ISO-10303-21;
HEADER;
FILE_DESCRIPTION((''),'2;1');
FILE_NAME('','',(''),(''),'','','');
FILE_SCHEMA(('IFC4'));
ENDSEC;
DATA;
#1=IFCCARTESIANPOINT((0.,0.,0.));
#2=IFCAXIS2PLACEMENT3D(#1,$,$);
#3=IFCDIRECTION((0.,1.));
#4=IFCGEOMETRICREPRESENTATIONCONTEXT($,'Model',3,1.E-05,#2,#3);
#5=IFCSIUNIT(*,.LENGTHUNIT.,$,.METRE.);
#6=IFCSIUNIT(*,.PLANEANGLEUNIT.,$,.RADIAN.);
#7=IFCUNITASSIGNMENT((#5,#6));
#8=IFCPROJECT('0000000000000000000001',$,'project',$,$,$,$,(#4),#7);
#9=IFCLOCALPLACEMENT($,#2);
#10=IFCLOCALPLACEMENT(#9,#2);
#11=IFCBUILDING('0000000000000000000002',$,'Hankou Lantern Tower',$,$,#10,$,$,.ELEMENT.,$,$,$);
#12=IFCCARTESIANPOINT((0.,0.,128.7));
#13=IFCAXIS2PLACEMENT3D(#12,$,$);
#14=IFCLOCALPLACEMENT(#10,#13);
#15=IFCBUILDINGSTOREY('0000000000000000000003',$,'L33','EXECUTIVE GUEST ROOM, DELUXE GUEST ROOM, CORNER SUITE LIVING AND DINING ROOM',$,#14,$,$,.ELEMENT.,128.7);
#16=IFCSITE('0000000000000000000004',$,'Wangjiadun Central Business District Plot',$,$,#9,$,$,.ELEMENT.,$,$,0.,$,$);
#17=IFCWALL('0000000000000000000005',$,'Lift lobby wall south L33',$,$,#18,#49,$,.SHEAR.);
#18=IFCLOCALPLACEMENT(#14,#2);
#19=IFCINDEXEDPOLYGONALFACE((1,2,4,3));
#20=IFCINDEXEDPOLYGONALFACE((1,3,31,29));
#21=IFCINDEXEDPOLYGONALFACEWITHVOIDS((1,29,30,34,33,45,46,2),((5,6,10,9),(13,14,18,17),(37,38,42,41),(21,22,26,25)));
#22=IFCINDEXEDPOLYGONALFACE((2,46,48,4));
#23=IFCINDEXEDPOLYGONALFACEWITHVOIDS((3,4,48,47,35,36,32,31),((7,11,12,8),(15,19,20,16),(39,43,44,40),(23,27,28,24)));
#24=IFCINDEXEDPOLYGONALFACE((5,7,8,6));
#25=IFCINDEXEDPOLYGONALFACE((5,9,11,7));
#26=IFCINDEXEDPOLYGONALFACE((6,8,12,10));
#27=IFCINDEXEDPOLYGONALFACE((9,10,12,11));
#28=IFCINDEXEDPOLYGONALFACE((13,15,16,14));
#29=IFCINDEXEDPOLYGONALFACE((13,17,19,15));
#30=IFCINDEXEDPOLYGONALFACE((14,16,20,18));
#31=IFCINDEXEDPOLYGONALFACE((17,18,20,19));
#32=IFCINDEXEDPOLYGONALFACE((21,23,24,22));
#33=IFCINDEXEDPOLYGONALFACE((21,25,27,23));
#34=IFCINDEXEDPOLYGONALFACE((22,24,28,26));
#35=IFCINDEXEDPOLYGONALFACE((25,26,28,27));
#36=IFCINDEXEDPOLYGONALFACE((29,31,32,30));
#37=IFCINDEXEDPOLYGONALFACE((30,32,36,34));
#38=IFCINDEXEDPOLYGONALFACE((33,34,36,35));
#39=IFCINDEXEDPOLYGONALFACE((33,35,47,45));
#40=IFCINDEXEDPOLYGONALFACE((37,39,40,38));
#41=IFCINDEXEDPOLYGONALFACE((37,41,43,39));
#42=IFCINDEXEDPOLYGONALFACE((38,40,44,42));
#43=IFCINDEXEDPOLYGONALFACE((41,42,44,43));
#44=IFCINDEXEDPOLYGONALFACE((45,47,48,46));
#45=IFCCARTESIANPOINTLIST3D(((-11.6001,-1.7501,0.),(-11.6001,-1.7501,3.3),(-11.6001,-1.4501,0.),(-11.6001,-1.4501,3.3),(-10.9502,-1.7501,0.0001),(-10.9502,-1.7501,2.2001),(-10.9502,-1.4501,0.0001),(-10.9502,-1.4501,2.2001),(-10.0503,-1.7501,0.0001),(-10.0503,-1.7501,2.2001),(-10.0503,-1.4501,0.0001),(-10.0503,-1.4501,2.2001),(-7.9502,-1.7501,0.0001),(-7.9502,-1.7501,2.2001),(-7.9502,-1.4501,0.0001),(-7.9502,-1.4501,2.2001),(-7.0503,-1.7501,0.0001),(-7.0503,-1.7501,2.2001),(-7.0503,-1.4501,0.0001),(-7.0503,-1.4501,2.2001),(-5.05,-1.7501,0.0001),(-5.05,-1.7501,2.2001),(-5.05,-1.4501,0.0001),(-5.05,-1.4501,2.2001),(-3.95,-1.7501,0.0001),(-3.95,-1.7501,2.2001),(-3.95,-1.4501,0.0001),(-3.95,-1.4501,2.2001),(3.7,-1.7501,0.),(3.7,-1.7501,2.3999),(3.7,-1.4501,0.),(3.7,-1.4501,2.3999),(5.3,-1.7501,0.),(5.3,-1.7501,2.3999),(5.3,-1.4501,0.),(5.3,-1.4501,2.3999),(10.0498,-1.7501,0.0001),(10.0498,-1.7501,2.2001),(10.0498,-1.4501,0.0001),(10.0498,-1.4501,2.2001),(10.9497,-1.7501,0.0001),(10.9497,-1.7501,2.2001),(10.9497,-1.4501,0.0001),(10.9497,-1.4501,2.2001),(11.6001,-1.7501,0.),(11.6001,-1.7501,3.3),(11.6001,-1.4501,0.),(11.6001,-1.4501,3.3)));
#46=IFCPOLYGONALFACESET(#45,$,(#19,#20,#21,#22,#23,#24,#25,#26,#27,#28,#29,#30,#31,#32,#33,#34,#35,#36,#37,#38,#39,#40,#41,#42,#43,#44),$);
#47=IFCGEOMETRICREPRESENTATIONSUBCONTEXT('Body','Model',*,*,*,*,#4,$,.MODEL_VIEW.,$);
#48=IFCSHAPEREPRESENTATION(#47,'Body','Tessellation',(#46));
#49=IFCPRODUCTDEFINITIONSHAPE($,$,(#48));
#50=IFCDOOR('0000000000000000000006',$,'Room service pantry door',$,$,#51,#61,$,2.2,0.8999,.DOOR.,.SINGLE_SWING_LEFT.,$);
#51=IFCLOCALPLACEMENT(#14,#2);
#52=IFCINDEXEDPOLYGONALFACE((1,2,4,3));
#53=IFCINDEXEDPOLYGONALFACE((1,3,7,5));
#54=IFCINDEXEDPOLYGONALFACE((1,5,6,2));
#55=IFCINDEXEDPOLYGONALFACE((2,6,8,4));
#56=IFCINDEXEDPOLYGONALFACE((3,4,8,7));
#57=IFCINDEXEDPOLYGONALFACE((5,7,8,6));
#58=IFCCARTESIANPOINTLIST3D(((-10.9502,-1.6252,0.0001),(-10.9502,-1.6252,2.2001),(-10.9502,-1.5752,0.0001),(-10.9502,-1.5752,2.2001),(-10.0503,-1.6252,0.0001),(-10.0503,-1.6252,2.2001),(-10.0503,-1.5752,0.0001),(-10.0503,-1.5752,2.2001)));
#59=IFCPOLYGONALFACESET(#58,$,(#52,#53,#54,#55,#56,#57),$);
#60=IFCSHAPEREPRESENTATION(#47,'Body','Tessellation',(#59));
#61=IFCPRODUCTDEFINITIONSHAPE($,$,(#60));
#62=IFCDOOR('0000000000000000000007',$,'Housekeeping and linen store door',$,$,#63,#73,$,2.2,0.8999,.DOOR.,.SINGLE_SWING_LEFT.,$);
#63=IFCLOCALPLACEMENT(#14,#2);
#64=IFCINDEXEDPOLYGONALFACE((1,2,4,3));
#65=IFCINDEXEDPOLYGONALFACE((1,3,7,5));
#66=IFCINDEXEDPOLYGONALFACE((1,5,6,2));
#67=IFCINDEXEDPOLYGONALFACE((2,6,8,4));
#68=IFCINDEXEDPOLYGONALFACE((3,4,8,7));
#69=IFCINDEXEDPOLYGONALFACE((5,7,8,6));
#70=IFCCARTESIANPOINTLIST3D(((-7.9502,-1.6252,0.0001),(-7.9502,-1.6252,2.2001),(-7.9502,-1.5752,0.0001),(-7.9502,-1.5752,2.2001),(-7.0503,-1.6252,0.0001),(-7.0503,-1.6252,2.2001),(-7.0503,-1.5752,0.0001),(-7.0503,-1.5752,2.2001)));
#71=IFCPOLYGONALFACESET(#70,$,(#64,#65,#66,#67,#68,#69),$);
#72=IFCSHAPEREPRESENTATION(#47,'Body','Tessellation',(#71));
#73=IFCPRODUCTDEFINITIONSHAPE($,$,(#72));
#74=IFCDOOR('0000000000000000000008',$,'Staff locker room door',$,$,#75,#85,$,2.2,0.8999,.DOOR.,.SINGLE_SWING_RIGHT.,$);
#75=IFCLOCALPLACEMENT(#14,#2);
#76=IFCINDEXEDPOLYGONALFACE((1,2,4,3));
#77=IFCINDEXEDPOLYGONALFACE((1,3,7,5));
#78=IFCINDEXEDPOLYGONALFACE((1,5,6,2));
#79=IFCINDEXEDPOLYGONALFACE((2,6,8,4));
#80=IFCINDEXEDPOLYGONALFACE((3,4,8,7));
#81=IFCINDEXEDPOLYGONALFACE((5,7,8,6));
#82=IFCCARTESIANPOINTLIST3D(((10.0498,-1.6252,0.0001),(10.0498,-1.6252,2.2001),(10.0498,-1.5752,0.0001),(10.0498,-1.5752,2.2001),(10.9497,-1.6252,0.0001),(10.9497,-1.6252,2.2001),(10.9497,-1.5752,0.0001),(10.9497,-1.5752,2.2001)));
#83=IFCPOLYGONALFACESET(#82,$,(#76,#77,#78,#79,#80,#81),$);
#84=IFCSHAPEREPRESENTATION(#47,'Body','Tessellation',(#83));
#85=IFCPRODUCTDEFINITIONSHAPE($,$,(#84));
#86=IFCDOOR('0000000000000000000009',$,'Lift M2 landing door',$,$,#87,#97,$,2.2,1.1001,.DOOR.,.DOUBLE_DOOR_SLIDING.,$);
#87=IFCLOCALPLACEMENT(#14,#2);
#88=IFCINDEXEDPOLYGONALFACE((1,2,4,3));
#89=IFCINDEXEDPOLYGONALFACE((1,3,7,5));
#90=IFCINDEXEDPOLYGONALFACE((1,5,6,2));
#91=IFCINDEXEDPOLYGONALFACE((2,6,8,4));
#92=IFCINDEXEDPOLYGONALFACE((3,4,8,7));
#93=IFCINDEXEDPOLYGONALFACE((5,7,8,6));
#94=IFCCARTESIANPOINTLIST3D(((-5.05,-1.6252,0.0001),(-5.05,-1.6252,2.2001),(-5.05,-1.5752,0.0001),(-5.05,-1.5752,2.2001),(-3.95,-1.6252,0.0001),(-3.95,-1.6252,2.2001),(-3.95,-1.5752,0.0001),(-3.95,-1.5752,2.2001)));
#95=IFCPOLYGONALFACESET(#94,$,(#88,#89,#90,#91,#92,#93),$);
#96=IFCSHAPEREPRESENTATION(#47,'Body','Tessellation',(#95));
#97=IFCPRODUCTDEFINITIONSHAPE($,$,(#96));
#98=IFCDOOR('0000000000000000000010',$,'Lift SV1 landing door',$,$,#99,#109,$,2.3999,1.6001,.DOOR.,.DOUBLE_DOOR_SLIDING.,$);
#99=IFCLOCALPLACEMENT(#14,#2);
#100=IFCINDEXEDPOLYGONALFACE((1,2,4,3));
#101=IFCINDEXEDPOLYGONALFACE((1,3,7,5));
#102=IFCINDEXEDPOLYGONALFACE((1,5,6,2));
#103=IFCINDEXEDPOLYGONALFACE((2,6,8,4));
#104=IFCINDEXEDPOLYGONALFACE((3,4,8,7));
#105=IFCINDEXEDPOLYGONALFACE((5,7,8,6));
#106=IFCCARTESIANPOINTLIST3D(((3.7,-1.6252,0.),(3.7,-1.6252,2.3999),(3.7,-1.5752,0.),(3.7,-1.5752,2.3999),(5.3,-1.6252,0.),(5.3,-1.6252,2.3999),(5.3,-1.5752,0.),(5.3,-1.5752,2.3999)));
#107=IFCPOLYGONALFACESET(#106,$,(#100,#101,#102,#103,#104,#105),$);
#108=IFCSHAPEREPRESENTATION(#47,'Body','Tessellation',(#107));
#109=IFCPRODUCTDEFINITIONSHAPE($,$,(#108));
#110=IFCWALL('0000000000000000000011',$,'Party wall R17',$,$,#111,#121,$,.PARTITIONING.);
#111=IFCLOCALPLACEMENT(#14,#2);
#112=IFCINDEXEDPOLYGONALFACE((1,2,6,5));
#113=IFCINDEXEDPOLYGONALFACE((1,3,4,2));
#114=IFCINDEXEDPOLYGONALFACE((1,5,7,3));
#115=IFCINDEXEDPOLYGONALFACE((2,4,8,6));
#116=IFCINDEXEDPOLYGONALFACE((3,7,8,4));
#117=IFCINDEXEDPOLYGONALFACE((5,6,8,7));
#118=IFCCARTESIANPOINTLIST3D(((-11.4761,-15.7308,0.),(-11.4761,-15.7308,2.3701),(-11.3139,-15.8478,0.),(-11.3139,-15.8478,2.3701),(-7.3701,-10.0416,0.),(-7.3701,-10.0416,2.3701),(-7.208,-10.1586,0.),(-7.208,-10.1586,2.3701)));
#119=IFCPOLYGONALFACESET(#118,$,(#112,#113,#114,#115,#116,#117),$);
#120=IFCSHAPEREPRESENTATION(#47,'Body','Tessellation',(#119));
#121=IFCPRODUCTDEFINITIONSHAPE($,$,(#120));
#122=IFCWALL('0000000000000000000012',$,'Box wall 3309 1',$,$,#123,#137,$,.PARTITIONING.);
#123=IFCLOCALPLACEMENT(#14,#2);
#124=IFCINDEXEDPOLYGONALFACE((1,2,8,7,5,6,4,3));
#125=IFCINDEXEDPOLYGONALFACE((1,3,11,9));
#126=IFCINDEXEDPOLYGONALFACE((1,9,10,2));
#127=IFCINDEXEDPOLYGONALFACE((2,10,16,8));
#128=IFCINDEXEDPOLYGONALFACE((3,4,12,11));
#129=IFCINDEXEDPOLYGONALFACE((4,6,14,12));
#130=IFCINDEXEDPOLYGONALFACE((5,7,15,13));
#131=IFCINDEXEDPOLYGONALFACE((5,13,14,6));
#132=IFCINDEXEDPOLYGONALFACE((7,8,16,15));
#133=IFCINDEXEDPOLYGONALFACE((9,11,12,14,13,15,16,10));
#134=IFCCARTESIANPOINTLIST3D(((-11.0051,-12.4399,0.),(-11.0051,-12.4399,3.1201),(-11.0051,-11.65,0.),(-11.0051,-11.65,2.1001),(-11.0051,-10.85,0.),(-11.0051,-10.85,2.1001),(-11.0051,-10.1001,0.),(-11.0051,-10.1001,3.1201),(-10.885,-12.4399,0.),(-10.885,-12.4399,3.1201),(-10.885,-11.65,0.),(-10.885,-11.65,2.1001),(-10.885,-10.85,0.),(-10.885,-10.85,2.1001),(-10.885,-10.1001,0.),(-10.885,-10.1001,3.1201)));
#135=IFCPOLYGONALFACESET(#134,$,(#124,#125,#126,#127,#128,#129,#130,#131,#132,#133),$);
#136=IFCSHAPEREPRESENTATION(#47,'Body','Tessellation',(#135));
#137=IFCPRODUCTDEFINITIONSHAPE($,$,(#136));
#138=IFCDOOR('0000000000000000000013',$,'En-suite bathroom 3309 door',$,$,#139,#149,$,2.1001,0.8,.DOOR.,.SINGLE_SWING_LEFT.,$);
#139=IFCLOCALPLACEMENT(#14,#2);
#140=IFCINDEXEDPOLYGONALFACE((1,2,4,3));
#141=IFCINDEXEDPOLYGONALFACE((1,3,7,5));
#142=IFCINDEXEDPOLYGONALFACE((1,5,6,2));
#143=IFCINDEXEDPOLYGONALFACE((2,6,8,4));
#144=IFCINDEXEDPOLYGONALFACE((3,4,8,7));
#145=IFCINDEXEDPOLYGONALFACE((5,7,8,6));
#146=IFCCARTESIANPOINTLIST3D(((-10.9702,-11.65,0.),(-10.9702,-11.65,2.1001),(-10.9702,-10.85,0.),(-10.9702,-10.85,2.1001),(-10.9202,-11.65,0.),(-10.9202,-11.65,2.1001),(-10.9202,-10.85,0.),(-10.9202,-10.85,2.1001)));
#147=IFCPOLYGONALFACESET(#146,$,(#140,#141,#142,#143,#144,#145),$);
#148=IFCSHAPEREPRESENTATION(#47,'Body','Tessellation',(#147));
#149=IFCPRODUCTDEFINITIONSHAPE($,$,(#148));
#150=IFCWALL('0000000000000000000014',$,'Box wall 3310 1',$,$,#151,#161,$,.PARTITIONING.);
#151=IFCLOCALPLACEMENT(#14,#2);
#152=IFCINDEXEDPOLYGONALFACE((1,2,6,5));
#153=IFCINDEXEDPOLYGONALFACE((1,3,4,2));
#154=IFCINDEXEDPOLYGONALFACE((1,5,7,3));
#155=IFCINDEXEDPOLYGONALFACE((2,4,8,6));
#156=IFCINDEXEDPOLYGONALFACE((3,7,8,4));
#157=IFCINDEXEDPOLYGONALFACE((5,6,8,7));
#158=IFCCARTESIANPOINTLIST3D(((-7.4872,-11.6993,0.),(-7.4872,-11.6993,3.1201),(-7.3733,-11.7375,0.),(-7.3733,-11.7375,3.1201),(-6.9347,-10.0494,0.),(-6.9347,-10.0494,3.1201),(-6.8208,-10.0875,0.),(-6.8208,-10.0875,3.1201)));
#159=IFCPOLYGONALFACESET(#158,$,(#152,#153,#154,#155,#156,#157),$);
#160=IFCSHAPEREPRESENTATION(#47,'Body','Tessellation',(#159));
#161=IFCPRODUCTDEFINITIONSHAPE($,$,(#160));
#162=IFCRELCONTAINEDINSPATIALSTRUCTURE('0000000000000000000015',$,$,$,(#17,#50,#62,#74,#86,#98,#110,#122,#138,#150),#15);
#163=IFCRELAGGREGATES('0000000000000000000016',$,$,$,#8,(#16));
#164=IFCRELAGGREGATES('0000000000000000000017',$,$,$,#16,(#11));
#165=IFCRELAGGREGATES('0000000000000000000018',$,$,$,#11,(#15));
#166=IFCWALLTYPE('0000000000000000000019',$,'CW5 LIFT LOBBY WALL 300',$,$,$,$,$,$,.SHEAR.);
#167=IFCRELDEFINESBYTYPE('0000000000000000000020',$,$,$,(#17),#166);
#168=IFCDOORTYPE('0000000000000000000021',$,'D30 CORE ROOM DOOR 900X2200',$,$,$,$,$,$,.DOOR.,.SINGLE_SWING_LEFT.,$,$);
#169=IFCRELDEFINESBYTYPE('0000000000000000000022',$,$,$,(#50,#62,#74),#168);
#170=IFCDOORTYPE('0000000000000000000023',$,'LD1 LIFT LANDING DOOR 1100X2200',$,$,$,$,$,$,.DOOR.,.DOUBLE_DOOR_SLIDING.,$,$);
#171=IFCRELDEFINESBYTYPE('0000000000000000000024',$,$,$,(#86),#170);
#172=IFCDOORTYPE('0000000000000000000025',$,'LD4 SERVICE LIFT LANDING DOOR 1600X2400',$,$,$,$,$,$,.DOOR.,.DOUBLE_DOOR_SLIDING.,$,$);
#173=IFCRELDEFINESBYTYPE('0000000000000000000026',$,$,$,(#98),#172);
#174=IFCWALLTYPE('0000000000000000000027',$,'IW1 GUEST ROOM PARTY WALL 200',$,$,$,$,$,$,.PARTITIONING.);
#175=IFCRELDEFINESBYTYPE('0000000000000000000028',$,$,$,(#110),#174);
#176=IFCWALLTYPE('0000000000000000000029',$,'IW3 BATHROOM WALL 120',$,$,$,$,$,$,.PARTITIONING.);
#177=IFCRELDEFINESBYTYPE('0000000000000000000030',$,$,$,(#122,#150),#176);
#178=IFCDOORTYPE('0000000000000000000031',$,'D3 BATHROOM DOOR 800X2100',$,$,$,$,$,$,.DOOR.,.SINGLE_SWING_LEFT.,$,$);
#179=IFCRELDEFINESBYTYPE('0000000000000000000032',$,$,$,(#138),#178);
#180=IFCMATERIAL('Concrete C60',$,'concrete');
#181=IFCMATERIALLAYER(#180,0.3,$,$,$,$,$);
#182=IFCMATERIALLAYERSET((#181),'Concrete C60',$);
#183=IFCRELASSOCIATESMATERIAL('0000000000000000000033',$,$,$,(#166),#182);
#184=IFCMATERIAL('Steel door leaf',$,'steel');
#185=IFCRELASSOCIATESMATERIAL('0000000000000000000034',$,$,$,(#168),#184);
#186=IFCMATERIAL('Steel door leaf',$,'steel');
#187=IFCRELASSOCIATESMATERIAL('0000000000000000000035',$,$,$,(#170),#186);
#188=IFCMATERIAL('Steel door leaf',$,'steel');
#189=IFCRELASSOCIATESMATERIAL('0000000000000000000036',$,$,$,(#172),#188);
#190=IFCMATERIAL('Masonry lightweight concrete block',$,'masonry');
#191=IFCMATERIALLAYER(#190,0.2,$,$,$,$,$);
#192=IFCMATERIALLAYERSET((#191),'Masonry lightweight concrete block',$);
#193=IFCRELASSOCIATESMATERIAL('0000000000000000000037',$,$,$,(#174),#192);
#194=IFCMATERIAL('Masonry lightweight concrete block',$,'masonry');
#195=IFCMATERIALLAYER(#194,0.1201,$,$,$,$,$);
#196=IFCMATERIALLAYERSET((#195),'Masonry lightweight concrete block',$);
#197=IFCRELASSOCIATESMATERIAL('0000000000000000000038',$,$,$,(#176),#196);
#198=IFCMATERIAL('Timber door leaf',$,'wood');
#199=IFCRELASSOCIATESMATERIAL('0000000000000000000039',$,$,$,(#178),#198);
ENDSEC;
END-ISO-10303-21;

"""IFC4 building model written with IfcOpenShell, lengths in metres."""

from ifc_helpers import new_model, si_unit, direction, frame, frame_2d, origin, place, context, subcontext, project, spatial, rectangle, extrude, material, layer, layer_set, type_object, element, fill, save


model = new_model("IFC4")

# Units and contexts
model_context = context("Model", 3, precision=1e-05, world=origin(), true_north=direction((0.0, 1.0)))
body_context = subcontext(model_context, "Body", "Model", "MODEL_VIEW")
ifc_project = project(units=[si_unit("LENGTHUNIT", "METRE"), si_unit("PLANEANGLEUNIT", "RADIAN")], contexts=[model_context])

# Site, building, storey
site_placement = place(None, origin())
site = spatial("IfcSite", under=ifc_project, at=site_placement, Name="Wangjiadun Central Business District Plot", CompositionType="ELEMENT", RefElevation=0.0)
building_placement = place(site_placement, origin())
building = spatial("IfcBuilding", under=site, at=building_placement, Name="Hankou Lantern Tower", CompositionType="ELEMENT")
storey_placement = place(building_placement, frame((0.0, 0.0, 128.7)))
storey = spatial("IfcBuildingStorey", under=building, at=storey_placement, Name="L33", Description="EXECUTIVE GUEST ROOM, DELUXE GUEST ROOM, CORNER SUITE LIVING AND DINING ROOM", CompositionType="ELEMENT", Elevation=128.7)

# Wall, openings, doors
ifc_material_1 = material(Name="Concrete C60", Category="concrete")
ifc_layer_1 = layer(ifc_material_1, 0.3)
ifc_layer_set_1 = layer_set([ifc_layer_1], Name="Concrete C60")
wall_type_1 = type_object("IfcWallType", Name="CW5 LIFT LOBBY WALL 300", PredefinedType="SHEAR", material=ifc_layer_set_1)
wall_1_placement = place(storey_placement, frame((-11.6001, -1.6001, 0.0), z_axis=(0.0, 0.0, 1.0), x_axis=(1.0, 0.0, 0.0)))
wall_1 = element("IfcWall", 1, at=wall_1_placement, inside=storey, type_object=wall_type_1, Name="Lift lobby wall south L33", PredefinedType="SHEAR", context=body_context, shape_type="SweptSolid", body=[
    extrude(rectangle(XDim=23.2002, YDim=0.3, at=frame_2d((11.6001, 0.0))), origin(), (0.0, 0.0, 1.0), 3.3),
])
opening_1_placement = place(wall_1_placement, frame((6.55, 0.0, 0.0)))
opening_1 = element("IfcOpeningElement", 2, at=opening_1_placement, cuts=wall_1, PredefinedType="OPENING", context=body_context, shape_type="SweptSolid", body=[
    extrude(rectangle(XDim=1.1001, YDim=2.2, at=frame_2d((0.55, 1.1001))), frame((0.0, 0.1599, 0.0), z_axis=(0.0, -1.0, 0.0), x_axis=(1.0, 0.0, 0.0)), (0.0, 0.0, 1.0), 0.3201),
])
opening_2_placement = place(wall_1_placement, frame((15.3, 0.0, 0.0)))
opening_2 = element("IfcOpeningElement", 3, at=opening_2_placement, cuts=wall_1, PredefinedType="OPENING", context=body_context, shape_type="SweptSolid", body=[
    extrude(rectangle(XDim=1.6001, YDim=2.3999, at=frame_2d((0.8, 1.2))), frame((0.0, 0.1599, 0.0), z_axis=(0.0, -1.0, 0.0), x_axis=(1.0, 0.0, 0.0)), (0.0, 0.0, 1.0), 0.3201),
])
opening_3_placement = place(wall_1_placement, frame((0.6499, 0.0, 0.0)))
opening_3 = element("IfcOpeningElement", 4, at=opening_3_placement, cuts=wall_1, PredefinedType="OPENING", context=body_context, shape_type="SweptSolid", body=[
    extrude(rectangle(XDim=0.8999, YDim=2.2, at=frame_2d((0.45, 1.1001))), frame((0.0, 0.1599, 0.0), z_axis=(0.0, -1.0, 0.0), x_axis=(1.0, 0.0, 0.0)), (0.0, 0.0, 1.0), 0.3201),
])
opening_4_placement = place(wall_1_placement, frame((3.6499, 0.0, 0.0)))
opening_4 = element("IfcOpeningElement", 5, at=opening_4_placement, cuts=wall_1, PredefinedType="OPENING", context=body_context, shape_type="SweptSolid", body=[
    extrude(rectangle(XDim=0.8999, YDim=2.2, at=frame_2d((0.45, 1.1001))), frame((0.0, 0.1599, 0.0), z_axis=(0.0, -1.0, 0.0), x_axis=(1.0, 0.0, 0.0)), (0.0, 0.0, 1.0), 0.3201),
])
opening_5_placement = place(wall_1_placement, frame((21.6499, 0.0, 0.0)))
opening_5 = element("IfcOpeningElement", 6, at=opening_5_placement, cuts=wall_1, PredefinedType="OPENING", context=body_context, shape_type="SweptSolid", body=[
    extrude(rectangle(XDim=0.8999, YDim=2.2, at=frame_2d((0.45, 1.1001))), frame((0.0, 0.1599, 0.0), z_axis=(0.0, -1.0, 0.0), x_axis=(1.0, 0.0, 0.0)), (0.0, 0.0, 1.0), 0.3201),
])
ifc_material_2 = material(Name="Steel door leaf", Category="steel")
door_type_1 = type_object("IfcDoorType", Name="D30 CORE ROOM DOOR 900X2200", OperationType="SINGLE_SWING_LEFT", PredefinedType="DOOR", material=ifc_material_2)
door_1_placement = place(opening_3_placement, origin())
door_1 = element("IfcDoor", 7, at=door_1_placement, inside=storey, type_object=door_type_1, Name="Room service pantry door", OperationType="SINGLE_SWING_LEFT", OverallHeight=2.2, OverallWidth=0.8999, PredefinedType="DOOR", context=body_context, shape_type="SweptSolid", body=[
    extrude(rectangle(XDim=0.8999, YDim=2.2, at=frame_2d((0.45, 1.1001))), frame((0.0, 0.0249, 0.0), z_axis=(0.0, -1.0, 0.0), x_axis=(1.0, 0.0, 0.0)), (0.0, 0.0, 1.0), 0.05),
])
fill(opening_3, door_1)
door_2_placement = place(opening_4_placement, origin())
door_2 = element("IfcDoor", 8, at=door_2_placement, inside=storey, type_object=door_type_1, Name="Housekeeping and linen store door", OperationType="SINGLE_SWING_LEFT", OverallHeight=2.2, OverallWidth=0.8999, PredefinedType="DOOR", context=body_context, shape_type="SweptSolid", body=[
    extrude(rectangle(XDim=0.8999, YDim=2.2, at=frame_2d((0.45, 1.1001))), frame((0.0, 0.0249, 0.0), z_axis=(0.0, -1.0, 0.0), x_axis=(1.0, 0.0, 0.0)), (0.0, 0.0, 1.0), 0.05),
])
fill(opening_4, door_2)
door_3_placement = place(opening_5_placement, origin())
door_3 = element("IfcDoor", 9, at=door_3_placement, inside=storey, type_object=door_type_1, Name="Staff locker room door", OperationType="SINGLE_SWING_RIGHT", OverallHeight=2.2, OverallWidth=0.8999, PredefinedType="DOOR", context=body_context, shape_type="SweptSolid", body=[
    extrude(rectangle(XDim=0.8999, YDim=2.2, at=frame_2d((0.45, 1.1001))), frame((0.0, 0.0249, 0.0), z_axis=(0.0, -1.0, 0.0), x_axis=(1.0, 0.0, 0.0)), (0.0, 0.0, 1.0), 0.05),
])
fill(opening_5, door_3)
ifc_material_3 = material(Name="Steel door leaf", Category="steel")
door_type_2 = type_object("IfcDoorType", Name="LD1 LIFT LANDING DOOR 1100X2200", OperationType="DOUBLE_DOOR_SLIDING", PredefinedType="DOOR", material=ifc_material_3)
door_4_placement = place(opening_1_placement, origin())
door_4 = element("IfcDoor", 10, at=door_4_placement, inside=storey, type_object=door_type_2, Name="Lift M2 landing door", OperationType="DOUBLE_DOOR_SLIDING", OverallHeight=2.2, OverallWidth=1.1001, PredefinedType="DOOR", context=body_context, shape_type="SweptSolid", body=[
    extrude(rectangle(XDim=1.1001, YDim=2.2, at=frame_2d((0.55, 1.1001))), frame((0.0, 0.0249, 0.0), z_axis=(0.0, -1.0, 0.0), x_axis=(1.0, 0.0, 0.0)), (0.0, 0.0, 1.0), 0.05),
])
fill(opening_1, door_4)
ifc_material_4 = material(Name="Steel door leaf", Category="steel")
door_type_3 = type_object("IfcDoorType", Name="LD4 SERVICE LIFT LANDING DOOR 1600X2400", OperationType="DOUBLE_DOOR_SLIDING", PredefinedType="DOOR", material=ifc_material_4)
door_5_placement = place(opening_2_placement, origin())
door_5 = element("IfcDoor", 11, at=door_5_placement, inside=storey, type_object=door_type_3, Name="Lift SV1 landing door", OperationType="DOUBLE_DOOR_SLIDING", OverallHeight=2.3999, OverallWidth=1.6001, PredefinedType="DOOR", context=body_context, shape_type="SweptSolid", body=[
    extrude(rectangle(XDim=1.6001, YDim=2.3999, at=frame_2d((0.8, 1.2))), frame((0.0, 0.0249, 0.0), z_axis=(0.0, -1.0, 0.0), x_axis=(1.0, 0.0, 0.0)), (0.0, 0.0, 1.0), 0.05),
])
fill(opening_2, door_5)

# Wall
ifc_material_5 = material(Name="Masonry lightweight concrete block", Category="masonry")
ifc_layer_2 = layer(ifc_material_5, 0.2)
ifc_layer_set_2 = layer_set([ifc_layer_2], Name="Masonry lightweight concrete block")
wall_type_2 = type_object("IfcWallType", Name="IW1 GUEST ROOM PARTY WALL 200", PredefinedType="PARTITIONING", material=ifc_layer_set_2)
wall_2_placement = place(storey_placement, frame((-7.2891, -10.1001, 0.0), z_axis=(0.0, 0.0, 1.0), x_axis=(-0.585217, -0.810876, 0.0)))
element("IfcWall", 12, at=wall_2_placement, inside=storey, type_object=wall_type_2, Name="Party wall R17", PredefinedType="PARTITIONING", context=body_context, shape_type="SweptSolid", body=[
    extrude(rectangle(XDim=7.0161, YDim=0.2, at=frame_2d((3.5081, 0.0))), origin(), (0.0, 0.0, 1.0), 2.3701),
])

# Wall, opening, door
ifc_material_6 = material(Name="Masonry lightweight concrete block", Category="masonry")
ifc_layer_3 = layer(ifc_material_6, 0.1201)
ifc_layer_set_3 = layer_set([ifc_layer_3], Name="Masonry lightweight concrete block")
wall_type_3 = type_object("IfcWallType", Name="IW3 BATHROOM WALL 120", PredefinedType="PARTITIONING", material=ifc_layer_set_3)
wall_3_placement = place(storey_placement, frame((-10.9451, -10.1001, 0.0), z_axis=(0.0, 0.0, 1.0), x_axis=(0.0, -1.0, 0.0)))
wall_3 = element("IfcWall", 13, at=wall_3_placement, inside=storey, type_object=wall_type_3, Name="Box wall 3309 1", PredefinedType="PARTITIONING", context=body_context, shape_type="SweptSolid", body=[
    extrude(rectangle(XDim=2.3398, YDim=0.1201, at=frame_2d((1.1699, 0.0))), origin(), (0.0, 0.0, 1.0), 3.1201),
])
opening_6_placement = place(wall_3_placement, frame((0.75, 0.0, 0.0)))
opening_6 = element("IfcOpeningElement", 14, at=opening_6_placement, cuts=wall_3, PredefinedType="OPENING", context=body_context, shape_type="SweptSolid", body=[
    extrude(rectangle(XDim=0.8, YDim=2.1001, at=frame_2d((0.3999, 1.05))), frame((0.0, 0.0701, 0.0), z_axis=(0.0, -1.0, 0.0), x_axis=(1.0, 0.0, 0.0)), (0.0, 0.0, 1.0), 0.1401),
])
ifc_material_7 = material(Name="Timber door leaf", Category="wood")
door_type_4 = type_object("IfcDoorType", Name="D3 BATHROOM DOOR 800X2100", OperationType="SINGLE_SWING_LEFT", PredefinedType="DOOR", material=ifc_material_7)
door_6_placement = place(opening_6_placement, origin())
door_6 = element("IfcDoor", 15, at=door_6_placement, inside=storey, type_object=door_type_4, Name="En-suite bathroom 3309 door", OperationType="SINGLE_SWING_LEFT", OverallHeight=2.1001, OverallWidth=0.8, PredefinedType="DOOR", context=body_context, shape_type="SweptSolid", body=[
    extrude(rectangle(XDim=0.8, YDim=2.1001, at=frame_2d((0.3999, 1.05))), frame((0.0, 0.0249, 0.0), z_axis=(0.0, -1.0, 0.0), x_axis=(1.0, 0.0, 0.0)), (0.0, 0.0, 1.0), 0.05),
])
fill(opening_6, door_6)

# Wall
wall_4_placement = place(storey_placement, frame((-6.8777, -10.0684, 0.0), z_axis=(0.0, 0.0, 1.0), x_axis=(-0.317532, -0.948247, 0.0)))
element("IfcWall", 16, at=wall_4_placement, inside=storey, type_object=wall_type_3, Name="Box wall 3310 1", PredefinedType="PARTITIONING", context=body_context, shape_type="SweptSolid", body=[
    extrude(rectangle(XDim=1.74, YDim=0.1201, at=frame_2d((0.8701, 0.0))), origin(), (0.0, 0.0, 1.0), 3.1201),
])

save(model, "model.ifc")
